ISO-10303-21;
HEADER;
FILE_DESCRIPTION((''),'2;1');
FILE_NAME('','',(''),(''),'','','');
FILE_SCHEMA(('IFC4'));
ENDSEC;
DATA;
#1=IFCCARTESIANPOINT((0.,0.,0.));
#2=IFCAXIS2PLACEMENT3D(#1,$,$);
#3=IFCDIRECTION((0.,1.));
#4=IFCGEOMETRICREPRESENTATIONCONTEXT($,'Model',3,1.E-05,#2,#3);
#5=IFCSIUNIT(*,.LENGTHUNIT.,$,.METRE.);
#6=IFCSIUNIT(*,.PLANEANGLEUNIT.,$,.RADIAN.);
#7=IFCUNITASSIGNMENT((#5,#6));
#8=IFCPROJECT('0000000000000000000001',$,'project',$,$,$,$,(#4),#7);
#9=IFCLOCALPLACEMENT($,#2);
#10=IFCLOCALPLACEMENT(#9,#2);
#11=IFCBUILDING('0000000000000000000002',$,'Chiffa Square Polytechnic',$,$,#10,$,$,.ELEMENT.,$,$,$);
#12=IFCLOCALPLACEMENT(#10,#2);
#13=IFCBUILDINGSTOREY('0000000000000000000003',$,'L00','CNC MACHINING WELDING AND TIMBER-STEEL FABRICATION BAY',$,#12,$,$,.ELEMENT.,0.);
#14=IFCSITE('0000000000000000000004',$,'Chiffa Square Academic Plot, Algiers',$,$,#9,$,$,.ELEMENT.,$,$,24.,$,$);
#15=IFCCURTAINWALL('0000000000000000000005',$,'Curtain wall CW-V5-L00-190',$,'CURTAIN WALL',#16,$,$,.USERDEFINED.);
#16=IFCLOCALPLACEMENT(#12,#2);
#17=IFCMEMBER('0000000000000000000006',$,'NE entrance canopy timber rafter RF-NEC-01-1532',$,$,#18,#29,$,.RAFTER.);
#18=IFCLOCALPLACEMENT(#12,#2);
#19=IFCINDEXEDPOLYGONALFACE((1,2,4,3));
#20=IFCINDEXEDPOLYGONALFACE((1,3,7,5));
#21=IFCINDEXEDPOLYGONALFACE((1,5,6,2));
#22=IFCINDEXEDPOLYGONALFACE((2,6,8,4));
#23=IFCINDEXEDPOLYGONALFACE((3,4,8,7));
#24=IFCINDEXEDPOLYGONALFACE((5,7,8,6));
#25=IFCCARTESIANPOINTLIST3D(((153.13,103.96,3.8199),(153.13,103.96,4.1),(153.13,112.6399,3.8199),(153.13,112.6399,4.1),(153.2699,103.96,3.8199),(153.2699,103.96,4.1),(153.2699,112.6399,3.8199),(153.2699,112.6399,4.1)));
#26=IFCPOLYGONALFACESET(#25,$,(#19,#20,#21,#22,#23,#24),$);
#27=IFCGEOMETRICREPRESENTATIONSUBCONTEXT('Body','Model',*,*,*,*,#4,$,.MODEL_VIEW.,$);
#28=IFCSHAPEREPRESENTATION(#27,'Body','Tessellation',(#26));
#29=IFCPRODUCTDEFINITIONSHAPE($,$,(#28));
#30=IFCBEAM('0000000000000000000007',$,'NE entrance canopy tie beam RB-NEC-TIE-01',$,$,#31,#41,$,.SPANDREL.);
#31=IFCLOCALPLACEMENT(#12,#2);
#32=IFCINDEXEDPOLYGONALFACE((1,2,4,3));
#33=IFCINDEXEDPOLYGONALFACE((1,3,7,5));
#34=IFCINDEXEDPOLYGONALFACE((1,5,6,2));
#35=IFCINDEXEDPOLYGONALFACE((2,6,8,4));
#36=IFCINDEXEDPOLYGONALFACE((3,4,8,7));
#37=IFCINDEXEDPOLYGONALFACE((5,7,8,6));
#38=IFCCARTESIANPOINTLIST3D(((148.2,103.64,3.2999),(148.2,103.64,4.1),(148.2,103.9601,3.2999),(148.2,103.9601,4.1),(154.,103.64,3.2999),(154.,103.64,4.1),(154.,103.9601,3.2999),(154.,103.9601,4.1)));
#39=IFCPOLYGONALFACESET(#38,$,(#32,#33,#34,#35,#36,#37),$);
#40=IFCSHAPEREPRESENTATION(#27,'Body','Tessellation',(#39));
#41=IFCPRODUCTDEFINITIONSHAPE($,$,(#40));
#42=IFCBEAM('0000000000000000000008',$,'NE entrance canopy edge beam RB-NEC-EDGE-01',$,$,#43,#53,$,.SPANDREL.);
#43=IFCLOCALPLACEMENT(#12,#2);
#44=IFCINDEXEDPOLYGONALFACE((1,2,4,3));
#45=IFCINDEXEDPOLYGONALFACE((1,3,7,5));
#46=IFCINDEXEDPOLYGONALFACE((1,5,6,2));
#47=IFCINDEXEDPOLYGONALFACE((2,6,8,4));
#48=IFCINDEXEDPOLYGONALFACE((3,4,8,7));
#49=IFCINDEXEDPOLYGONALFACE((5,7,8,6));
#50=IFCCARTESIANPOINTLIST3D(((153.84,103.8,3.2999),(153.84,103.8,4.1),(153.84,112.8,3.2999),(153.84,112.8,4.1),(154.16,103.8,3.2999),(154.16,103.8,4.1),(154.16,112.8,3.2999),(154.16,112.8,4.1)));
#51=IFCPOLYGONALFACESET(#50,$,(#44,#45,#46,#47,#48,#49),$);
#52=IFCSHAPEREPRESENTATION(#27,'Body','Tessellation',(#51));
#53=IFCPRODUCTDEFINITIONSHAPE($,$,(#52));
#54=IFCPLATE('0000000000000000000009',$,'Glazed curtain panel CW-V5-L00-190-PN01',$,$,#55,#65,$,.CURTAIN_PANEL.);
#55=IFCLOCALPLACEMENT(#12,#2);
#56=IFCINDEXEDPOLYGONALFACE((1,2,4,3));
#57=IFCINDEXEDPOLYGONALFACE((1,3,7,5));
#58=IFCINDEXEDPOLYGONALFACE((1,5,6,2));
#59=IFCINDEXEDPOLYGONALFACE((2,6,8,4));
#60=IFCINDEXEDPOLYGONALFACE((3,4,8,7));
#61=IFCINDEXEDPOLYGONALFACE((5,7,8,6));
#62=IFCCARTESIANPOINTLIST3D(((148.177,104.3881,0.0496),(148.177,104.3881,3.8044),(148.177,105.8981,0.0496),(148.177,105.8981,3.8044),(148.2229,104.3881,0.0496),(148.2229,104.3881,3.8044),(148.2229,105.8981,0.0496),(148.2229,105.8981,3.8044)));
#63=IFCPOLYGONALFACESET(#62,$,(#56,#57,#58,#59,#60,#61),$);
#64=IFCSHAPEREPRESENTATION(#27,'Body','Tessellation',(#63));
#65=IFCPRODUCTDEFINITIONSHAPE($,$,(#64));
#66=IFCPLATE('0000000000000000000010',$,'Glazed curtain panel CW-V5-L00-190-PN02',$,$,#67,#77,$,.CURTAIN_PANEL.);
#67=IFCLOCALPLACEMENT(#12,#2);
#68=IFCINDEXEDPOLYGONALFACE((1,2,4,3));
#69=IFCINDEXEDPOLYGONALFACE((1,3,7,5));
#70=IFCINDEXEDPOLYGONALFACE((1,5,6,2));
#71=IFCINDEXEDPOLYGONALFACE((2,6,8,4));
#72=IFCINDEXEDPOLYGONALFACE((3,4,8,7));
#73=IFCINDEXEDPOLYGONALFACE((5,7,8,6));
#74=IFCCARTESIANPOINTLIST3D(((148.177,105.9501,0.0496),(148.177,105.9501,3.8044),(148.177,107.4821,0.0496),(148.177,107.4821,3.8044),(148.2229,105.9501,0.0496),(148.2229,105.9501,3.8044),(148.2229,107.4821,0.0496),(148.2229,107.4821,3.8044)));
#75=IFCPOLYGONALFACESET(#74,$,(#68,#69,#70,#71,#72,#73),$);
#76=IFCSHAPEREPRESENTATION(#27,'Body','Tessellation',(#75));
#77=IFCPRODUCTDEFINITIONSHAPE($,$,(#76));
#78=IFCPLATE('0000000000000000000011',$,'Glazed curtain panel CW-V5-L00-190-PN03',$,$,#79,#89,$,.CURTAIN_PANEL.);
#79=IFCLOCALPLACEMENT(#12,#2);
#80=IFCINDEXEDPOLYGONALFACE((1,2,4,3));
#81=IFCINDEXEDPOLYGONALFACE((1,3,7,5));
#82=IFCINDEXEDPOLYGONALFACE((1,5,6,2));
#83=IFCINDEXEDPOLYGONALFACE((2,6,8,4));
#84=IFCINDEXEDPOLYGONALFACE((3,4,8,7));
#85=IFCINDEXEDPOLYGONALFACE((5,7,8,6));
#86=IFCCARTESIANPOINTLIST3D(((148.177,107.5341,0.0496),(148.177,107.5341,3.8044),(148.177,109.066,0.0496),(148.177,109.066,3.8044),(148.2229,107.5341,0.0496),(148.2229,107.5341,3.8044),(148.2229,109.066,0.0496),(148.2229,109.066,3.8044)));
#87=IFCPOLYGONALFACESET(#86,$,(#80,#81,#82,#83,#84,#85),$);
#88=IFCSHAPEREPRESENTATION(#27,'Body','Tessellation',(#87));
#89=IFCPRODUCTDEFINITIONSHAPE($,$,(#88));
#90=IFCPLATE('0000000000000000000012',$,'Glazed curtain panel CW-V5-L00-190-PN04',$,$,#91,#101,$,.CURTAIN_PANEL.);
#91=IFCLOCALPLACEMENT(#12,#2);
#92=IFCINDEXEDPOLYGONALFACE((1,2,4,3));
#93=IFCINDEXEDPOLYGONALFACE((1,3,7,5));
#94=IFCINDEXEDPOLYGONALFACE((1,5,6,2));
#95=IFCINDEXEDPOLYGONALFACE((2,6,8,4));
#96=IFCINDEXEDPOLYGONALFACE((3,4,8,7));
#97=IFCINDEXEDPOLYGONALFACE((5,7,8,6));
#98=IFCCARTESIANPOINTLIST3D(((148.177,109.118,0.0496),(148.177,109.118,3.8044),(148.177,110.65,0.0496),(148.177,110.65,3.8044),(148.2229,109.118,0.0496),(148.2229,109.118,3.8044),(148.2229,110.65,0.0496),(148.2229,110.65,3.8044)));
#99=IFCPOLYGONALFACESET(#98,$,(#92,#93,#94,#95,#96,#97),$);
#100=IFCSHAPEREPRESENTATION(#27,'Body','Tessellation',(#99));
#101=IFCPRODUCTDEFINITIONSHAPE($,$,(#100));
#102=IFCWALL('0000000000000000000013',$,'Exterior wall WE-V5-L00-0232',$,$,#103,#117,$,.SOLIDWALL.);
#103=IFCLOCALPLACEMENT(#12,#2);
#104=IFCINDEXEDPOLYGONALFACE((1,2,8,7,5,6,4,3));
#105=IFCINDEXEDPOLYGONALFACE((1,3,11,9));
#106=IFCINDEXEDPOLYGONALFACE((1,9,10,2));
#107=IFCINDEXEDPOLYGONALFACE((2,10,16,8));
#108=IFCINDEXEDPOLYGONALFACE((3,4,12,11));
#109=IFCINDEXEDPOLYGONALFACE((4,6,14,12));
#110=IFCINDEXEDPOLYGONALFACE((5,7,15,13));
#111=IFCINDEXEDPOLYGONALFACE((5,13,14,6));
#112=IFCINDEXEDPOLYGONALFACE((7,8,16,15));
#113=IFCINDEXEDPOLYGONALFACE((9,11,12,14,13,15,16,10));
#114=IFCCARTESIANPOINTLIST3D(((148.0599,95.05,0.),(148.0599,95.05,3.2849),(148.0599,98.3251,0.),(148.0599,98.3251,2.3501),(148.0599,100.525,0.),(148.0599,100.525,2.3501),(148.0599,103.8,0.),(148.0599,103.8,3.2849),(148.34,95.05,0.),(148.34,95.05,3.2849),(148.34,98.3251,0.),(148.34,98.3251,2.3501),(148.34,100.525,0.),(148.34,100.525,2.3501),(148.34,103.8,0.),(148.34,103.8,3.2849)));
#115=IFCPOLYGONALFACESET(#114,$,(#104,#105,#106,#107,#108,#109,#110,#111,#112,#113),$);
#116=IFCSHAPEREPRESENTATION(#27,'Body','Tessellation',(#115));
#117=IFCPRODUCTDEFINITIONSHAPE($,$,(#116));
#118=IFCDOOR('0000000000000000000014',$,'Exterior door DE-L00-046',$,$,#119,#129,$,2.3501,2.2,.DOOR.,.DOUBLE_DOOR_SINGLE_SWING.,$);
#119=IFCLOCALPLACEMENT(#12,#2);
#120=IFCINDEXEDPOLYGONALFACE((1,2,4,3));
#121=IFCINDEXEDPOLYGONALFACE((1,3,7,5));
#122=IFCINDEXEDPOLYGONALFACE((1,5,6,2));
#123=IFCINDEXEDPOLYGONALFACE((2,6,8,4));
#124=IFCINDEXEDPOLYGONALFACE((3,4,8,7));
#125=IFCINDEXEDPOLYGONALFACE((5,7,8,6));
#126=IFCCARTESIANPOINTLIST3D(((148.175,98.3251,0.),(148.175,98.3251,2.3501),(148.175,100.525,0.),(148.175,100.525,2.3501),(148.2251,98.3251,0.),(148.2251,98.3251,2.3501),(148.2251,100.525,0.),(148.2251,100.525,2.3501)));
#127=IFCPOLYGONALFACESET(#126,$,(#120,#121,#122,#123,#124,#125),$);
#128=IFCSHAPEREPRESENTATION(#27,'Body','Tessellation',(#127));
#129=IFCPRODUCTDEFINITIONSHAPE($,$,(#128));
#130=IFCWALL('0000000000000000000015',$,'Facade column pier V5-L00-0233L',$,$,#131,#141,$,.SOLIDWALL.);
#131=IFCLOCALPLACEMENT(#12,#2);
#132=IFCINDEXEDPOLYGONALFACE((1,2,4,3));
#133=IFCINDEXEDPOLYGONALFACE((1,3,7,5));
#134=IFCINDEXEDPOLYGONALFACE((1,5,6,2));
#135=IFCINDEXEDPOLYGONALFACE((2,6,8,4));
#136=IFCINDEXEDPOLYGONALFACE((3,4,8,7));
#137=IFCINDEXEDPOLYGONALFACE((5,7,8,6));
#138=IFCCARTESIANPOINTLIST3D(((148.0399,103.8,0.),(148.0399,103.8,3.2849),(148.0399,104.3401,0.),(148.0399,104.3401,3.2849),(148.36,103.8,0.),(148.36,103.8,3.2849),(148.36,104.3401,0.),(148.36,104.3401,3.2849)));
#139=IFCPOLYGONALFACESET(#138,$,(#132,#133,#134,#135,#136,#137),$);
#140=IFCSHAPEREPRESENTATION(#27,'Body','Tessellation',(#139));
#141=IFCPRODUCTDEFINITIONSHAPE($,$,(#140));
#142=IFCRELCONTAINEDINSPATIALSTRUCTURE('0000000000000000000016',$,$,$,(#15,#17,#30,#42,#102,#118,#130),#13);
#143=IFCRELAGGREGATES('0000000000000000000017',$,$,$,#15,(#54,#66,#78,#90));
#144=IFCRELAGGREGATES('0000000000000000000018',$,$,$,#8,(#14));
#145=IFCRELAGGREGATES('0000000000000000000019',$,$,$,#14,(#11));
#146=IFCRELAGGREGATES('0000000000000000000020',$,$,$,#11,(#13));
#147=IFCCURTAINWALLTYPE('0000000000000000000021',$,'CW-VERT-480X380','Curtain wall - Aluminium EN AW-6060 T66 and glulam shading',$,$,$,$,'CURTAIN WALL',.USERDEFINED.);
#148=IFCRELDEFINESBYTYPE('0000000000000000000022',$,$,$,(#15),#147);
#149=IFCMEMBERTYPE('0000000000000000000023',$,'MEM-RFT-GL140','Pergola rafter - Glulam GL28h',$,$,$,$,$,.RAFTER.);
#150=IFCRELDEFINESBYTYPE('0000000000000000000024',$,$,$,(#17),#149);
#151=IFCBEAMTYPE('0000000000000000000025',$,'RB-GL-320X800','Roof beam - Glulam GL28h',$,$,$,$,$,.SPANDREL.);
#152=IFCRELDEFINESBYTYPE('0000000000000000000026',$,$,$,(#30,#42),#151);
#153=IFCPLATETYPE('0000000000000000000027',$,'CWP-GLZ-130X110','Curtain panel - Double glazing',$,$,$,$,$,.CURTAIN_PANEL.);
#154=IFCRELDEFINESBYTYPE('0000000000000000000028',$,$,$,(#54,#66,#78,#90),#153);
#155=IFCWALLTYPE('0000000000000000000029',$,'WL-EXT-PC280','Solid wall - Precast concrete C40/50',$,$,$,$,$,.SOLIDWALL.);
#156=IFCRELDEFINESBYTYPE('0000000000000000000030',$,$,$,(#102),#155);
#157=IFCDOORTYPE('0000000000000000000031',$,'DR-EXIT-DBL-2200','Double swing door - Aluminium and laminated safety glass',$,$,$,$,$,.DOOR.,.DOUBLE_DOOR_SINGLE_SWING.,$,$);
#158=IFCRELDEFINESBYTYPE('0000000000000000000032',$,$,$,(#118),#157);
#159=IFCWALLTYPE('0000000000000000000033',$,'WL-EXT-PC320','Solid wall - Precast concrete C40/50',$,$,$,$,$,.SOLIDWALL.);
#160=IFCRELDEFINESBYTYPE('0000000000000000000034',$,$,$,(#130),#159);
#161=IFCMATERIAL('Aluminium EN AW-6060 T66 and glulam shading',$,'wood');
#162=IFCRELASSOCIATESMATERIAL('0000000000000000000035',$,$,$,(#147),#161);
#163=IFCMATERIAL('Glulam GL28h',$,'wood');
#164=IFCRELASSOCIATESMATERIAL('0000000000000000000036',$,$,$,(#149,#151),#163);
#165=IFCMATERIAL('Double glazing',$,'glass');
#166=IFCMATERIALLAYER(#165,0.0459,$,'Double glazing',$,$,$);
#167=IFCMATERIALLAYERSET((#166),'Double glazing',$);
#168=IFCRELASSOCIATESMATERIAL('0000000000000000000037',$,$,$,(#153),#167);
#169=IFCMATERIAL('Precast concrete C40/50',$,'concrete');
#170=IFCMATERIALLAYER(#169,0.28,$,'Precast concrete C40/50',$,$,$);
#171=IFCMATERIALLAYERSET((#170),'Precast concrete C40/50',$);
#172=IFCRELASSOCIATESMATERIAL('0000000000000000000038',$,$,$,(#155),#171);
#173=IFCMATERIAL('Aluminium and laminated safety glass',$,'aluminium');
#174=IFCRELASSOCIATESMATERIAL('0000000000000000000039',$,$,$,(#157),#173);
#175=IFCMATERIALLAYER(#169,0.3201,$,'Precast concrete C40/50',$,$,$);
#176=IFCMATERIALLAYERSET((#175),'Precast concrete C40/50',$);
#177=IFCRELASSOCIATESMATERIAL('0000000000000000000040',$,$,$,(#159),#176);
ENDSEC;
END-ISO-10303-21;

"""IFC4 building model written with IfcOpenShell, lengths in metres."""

from ifc_helpers import new_model, si_unit, direction, frame, frame_2d, origin, origin_2d, place, context, subcontext, project, spatial, rectangle, extrude, material, layer, layer_set, material_profile, profile_set, type_object, element, fill, aggregate, save


model = new_model("IFC4")

# Units and contexts
model_context = context("Model", 3, precision=1e-05, world=origin(), true_north=direction((0.0, 1.0)))
body_context = subcontext(model_context, "Body", "Model", "MODEL_VIEW")
ifc_project = project(units=[si_unit("LENGTHUNIT", "METRE"), si_unit("PLANEANGLEUNIT", "RADIAN")], contexts=[model_context])

# Site, building, storey
site_placement = place(None, origin())
site = spatial("IfcSite", under=ifc_project, at=site_placement, Name="Chiffa Square Academic Plot, Algiers", CompositionType="ELEMENT", RefElevation=24.0)
building_placement = place(site_placement, origin())
building = spatial("IfcBuilding", under=site, at=building_placement, Name="Chiffa Square Polytechnic", CompositionType="ELEMENT")
storey_placement = place(building_placement, origin())
storey = spatial("IfcBuildingStorey", under=building, at=storey_placement, Name="L00", Description="CNC MACHINING WELDING AND TIMBER-STEEL FABRICATION BAY", CompositionType="ELEMENT", Elevation=0.0)

# Curtain wall
ifc_material_1 = material(Name="Aluminium EN AW-6060 T66 and glulam shading", Category="wood")
curtain_wall_type = type_object("IfcCurtainWallType", Name="CW-VERT-480X380", Description="Curtain wall - Aluminium EN AW-6060 T66 and glulam shading", ElementType="CURTAIN WALL", PredefinedType="USERDEFINED", material=ifc_material_1)
curtain_wall_placement = place(storey_placement, origin())
curtain_wall = element("IfcCurtainWall", 1, at=curtain_wall_placement, inside=storey, type_object=curtain_wall_type, Name="Curtain wall CW-V5-L00-190", ObjectType="CURTAIN WALL", PredefinedType="USERDEFINED")
ifc_material_2 = material(Name="Glulam GL28h", Category="wood")

# Member
ifc_material_profile_1 = material_profile(ifc_material_2, rectangle(XDim=0.1399, YDim=0.28, at=origin_2d()), Name="GL28h 140x280")
ifc_profile_set_1 = profile_set([ifc_material_profile_1], Name="Glulam GL28h")
member_type_1 = type_object("IfcMemberType", Name="MEM-RFT-GL140", Description="Pergola rafter - Glulam GL28h", PredefinedType="RAFTER", material=ifc_profile_set_1)
for number, where, z_axis, x_axis, name in (
    (2, (153.2, 103.96, 3.96), (0.0, 1.0, 0.0), (-1.0, 0.0, 0.0), "NE entrance canopy timber rafter RF-NEC-01-1532"),
):
    element("IfcMember", number, at=place(storey_placement, frame(where, z_axis=z_axis, x_axis=x_axis)), inside=storey, type_object=member_type_1, Name=name, PredefinedType="RAFTER", context=body_context, shape_type="SweptSolid", body=[
        extrude(rectangle(XDim=0.1399, YDim=0.28, at=origin_2d()), origin(), (0.0, 0.0, 1.0), 8.6799),
    ])

# Beams
ifc_material_profile_2 = material_profile(ifc_material_2, rectangle(XDim=0.3201, YDim=0.8, at=origin_2d()), Name="GL28h 320x800")
ifc_profile_set_2 = profile_set([ifc_material_profile_2], Name="Glulam GL28h")
beam_type_1 = type_object("IfcBeamType", Name="RB-GL-320X800", Description="Roof beam - Glulam GL28h", PredefinedType="SPANDREL", material=ifc_profile_set_2)
beam_1_placement = place(storey_placement, frame((148.2, 103.8, 3.7), z_axis=(1.0, 0.0, 0.0), x_axis=(0.0, 1.0, 0.0)))
element("IfcBeam", 3, at=beam_1_placement, inside=storey, type_object=beam_type_1, Name="NE entrance canopy tie beam RB-NEC-TIE-01", PredefinedType="SPANDREL", context=body_context, shape_type="SweptSolid", body=[
    extrude(rectangle(XDim=0.3201, YDim=0.8, at=origin_2d()), origin(), (0.0, 0.0, 1.0), 5.8),
])
beam_2_placement = place(storey_placement, frame((154.0, 103.8, 3.7), z_axis=(0.0, 1.0, 0.0), x_axis=(-1.0, 0.0, 0.0)))
element("IfcBeam", 4, at=beam_2_placement, inside=storey, type_object=beam_type_1, Name="NE entrance canopy edge beam RB-NEC-EDGE-01", PredefinedType="SPANDREL", context=body_context, shape_type="SweptSolid", body=[
    extrude(rectangle(XDim=0.3201, YDim=0.8, at=origin_2d()), origin(), (0.0, 0.0, 1.0), 9.0),
])

# Plates
ifc_material_3 = material(Name="Double glazing", Category="glass")
ifc_layer_1 = layer(ifc_material_3, 0.0459, Name="Double glazing")
ifc_layer_set_1 = layer_set([ifc_layer_1], Name="Double glazing")
plate_type = type_object("IfcPlateType", Name="CWP-GLZ-130X110", Description="Curtain panel - Double glazing", PredefinedType="CURTAIN_PANEL", material=ifc_layer_set_1)
plate_1_placement = place(storey_placement, frame((148.2, 105.1431, 0.0496), z_axis=(0.0, 0.0, 1.0), x_axis=(0.0, 1.0, 0.0)))
plate_1 = element("IfcPlate", 5, at=plate_1_placement, type_object=plate_type, Name="Glazed curtain panel CW-V5-L00-190-PN01", PredefinedType="CURTAIN_PANEL", context=body_context, shape_type="SweptSolid", body=[
    extrude(rectangle(XDim=1.51, YDim=0.0459, at=origin_2d()), origin(), (0.0, 0.0, 1.0), 3.7549),
])
plate_2_placement = place(storey_placement, frame((148.2, 106.7161, 0.0496), z_axis=(0.0, 0.0, 1.0), x_axis=(0.0, 1.0, 0.0)))
plate_2 = element("IfcPlate", 6, at=plate_2_placement, type_object=plate_type, Name="Glazed curtain panel CW-V5-L00-190-PN02", PredefinedType="CURTAIN_PANEL", context=body_context, shape_type="SweptSolid", body=[
    extrude(rectangle(XDim=1.532, YDim=0.0459, at=origin_2d()), origin(), (0.0, 0.0, 1.0), 3.7549),
])
plate_3_placement = place(storey_placement, frame((148.2, 108.3, 0.0496), z_axis=(0.0, 0.0, 1.0), x_axis=(0.0, 1.0, 0.0)))
plate_3 = element("IfcPlate", 7, at=plate_3_placement, type_object=plate_type, Name="Glazed curtain panel CW-V5-L00-190-PN03", PredefinedType="CURTAIN_PANEL", context=body_context, shape_type="SweptSolid", body=[
    extrude(rectangle(XDim=1.532, YDim=0.0459, at=origin_2d()), origin(), (0.0, 0.0, 1.0), 3.7549),
])
plate_4_placement = place(storey_placement, frame((148.2, 109.884, 0.0496), z_axis=(0.0, 0.0, 1.0), x_axis=(0.0, 1.0, 0.0)))
plate_4 = element("IfcPlate", 8, at=plate_4_placement, type_object=plate_type, Name="Glazed curtain panel CW-V5-L00-190-PN04", PredefinedType="CURTAIN_PANEL", context=body_context, shape_type="SweptSolid", body=[
    extrude(rectangle(XDim=1.532, YDim=0.0459, at=origin_2d()), origin(), (0.0, 0.0, 1.0), 3.7549),
])
aggregate(curtain_wall, [plate_1, plate_2, plate_3, plate_4])

# Wall, opening, door
ifc_material_4 = material(Name="Precast concrete C40/50", Category="concrete")
ifc_layer_2 = layer(ifc_material_4, 0.28, Name="Precast concrete C40/50")
ifc_layer_set_2 = layer_set([ifc_layer_2], Name="Precast concrete C40/50")
wall_type_1 = type_object("IfcWallType", Name="WL-EXT-PC280", Description="Solid wall - Precast concrete C40/50", PredefinedType="SOLIDWALL", material=ifc_layer_set_2)
wall_1_placement = place(storey_placement, frame((148.2, 95.05, 0.0), z_axis=(0.0, 0.0, 1.0), x_axis=(0.0, 1.0, 0.0)))
wall_1 = element("IfcWall", 9, at=wall_1_placement, inside=storey, type_object=wall_type_1, Name="Exterior wall WE-V5-L00-0232", PredefinedType="SOLIDWALL", context=body_context, shape_type="SweptSolid", body=[
    extrude(rectangle(XDim=8.75, YDim=0.28, at=frame_2d((4.375, 0.0))), origin(), (0.0, 0.0, 1.0), 3.2849),
])
opening_placement = place(wall_1_placement, frame((3.2749, 0.0, 0.0)))
opening = element("IfcOpeningElement", 10, at=opening_placement, cuts=wall_1, PredefinedType="OPENING", context=body_context, shape_type="SweptSolid", body=[
    extrude(rectangle(XDim=2.2, YDim=2.3501, at=frame_2d((1.1001, 1.175))), frame((0.0, 0.1499, 0.0), z_axis=(0.0, -1.0, 0.0), x_axis=(1.0, 0.0, 0.0)), (0.0, 0.0, 1.0), 0.3),
])
ifc_material_5 = material(Name="Aluminium and laminated safety glass", Category="aluminium")
door_type = type_object("IfcDoorType", Name="DR-EXIT-DBL-2200", Description="Double swing door - Aluminium and laminated safety glass", OperationType="DOUBLE_DOOR_SINGLE_SWING", PredefinedType="DOOR", material=ifc_material_5)
door_placement = place(opening_placement, origin())
door = element("IfcDoor", 11, at=door_placement, inside=storey, type_object=door_type, Name="Exterior door DE-L00-046", OperationType="DOUBLE_DOOR_SINGLE_SWING", OverallHeight=2.3501, OverallWidth=2.2, PredefinedType="DOOR", context=body_context, shape_type="SweptSolid", body=[
    extrude(rectangle(XDim=2.2, YDim=2.3501, at=frame_2d((1.1001, 1.175))), frame((0.0, 0.0249, 0.0), z_axis=(0.0, -1.0, 0.0), x_axis=(1.0, 0.0, 0.0)), (0.0, 0.0, 1.0), 0.05),
])
fill(opening, door)

# Wall
ifc_layer_3 = layer(ifc_material_4, 0.3201, Name="Precast concrete C40/50")
ifc_layer_set_3 = layer_set([ifc_layer_3], Name="Precast concrete C40/50")
wall_type_2 = type_object("IfcWallType", Name="WL-EXT-PC320", Description="Solid wall - Precast concrete C40/50", PredefinedType="SOLIDWALL", material=ifc_layer_set_3)
wall_2_placement = place(storey_placement, frame((148.2, 103.8, 0.0), z_axis=(0.0, 0.0, 1.0), x_axis=(0.0, 1.0, 0.0)))
element("IfcWall", 12, at=wall_2_placement, inside=storey, type_object=wall_type_2, Name="Facade column pier V5-L00-0233L", PredefinedType="SOLIDWALL", context=body_context, shape_type="SweptSolid", body=[
    extrude(rectangle(XDim=0.54, YDim=0.3201, at=frame_2d((0.27, 0.0))), origin(), (0.0, 0.0, 1.0), 3.2849),
])

save(model, "model.ifc")
